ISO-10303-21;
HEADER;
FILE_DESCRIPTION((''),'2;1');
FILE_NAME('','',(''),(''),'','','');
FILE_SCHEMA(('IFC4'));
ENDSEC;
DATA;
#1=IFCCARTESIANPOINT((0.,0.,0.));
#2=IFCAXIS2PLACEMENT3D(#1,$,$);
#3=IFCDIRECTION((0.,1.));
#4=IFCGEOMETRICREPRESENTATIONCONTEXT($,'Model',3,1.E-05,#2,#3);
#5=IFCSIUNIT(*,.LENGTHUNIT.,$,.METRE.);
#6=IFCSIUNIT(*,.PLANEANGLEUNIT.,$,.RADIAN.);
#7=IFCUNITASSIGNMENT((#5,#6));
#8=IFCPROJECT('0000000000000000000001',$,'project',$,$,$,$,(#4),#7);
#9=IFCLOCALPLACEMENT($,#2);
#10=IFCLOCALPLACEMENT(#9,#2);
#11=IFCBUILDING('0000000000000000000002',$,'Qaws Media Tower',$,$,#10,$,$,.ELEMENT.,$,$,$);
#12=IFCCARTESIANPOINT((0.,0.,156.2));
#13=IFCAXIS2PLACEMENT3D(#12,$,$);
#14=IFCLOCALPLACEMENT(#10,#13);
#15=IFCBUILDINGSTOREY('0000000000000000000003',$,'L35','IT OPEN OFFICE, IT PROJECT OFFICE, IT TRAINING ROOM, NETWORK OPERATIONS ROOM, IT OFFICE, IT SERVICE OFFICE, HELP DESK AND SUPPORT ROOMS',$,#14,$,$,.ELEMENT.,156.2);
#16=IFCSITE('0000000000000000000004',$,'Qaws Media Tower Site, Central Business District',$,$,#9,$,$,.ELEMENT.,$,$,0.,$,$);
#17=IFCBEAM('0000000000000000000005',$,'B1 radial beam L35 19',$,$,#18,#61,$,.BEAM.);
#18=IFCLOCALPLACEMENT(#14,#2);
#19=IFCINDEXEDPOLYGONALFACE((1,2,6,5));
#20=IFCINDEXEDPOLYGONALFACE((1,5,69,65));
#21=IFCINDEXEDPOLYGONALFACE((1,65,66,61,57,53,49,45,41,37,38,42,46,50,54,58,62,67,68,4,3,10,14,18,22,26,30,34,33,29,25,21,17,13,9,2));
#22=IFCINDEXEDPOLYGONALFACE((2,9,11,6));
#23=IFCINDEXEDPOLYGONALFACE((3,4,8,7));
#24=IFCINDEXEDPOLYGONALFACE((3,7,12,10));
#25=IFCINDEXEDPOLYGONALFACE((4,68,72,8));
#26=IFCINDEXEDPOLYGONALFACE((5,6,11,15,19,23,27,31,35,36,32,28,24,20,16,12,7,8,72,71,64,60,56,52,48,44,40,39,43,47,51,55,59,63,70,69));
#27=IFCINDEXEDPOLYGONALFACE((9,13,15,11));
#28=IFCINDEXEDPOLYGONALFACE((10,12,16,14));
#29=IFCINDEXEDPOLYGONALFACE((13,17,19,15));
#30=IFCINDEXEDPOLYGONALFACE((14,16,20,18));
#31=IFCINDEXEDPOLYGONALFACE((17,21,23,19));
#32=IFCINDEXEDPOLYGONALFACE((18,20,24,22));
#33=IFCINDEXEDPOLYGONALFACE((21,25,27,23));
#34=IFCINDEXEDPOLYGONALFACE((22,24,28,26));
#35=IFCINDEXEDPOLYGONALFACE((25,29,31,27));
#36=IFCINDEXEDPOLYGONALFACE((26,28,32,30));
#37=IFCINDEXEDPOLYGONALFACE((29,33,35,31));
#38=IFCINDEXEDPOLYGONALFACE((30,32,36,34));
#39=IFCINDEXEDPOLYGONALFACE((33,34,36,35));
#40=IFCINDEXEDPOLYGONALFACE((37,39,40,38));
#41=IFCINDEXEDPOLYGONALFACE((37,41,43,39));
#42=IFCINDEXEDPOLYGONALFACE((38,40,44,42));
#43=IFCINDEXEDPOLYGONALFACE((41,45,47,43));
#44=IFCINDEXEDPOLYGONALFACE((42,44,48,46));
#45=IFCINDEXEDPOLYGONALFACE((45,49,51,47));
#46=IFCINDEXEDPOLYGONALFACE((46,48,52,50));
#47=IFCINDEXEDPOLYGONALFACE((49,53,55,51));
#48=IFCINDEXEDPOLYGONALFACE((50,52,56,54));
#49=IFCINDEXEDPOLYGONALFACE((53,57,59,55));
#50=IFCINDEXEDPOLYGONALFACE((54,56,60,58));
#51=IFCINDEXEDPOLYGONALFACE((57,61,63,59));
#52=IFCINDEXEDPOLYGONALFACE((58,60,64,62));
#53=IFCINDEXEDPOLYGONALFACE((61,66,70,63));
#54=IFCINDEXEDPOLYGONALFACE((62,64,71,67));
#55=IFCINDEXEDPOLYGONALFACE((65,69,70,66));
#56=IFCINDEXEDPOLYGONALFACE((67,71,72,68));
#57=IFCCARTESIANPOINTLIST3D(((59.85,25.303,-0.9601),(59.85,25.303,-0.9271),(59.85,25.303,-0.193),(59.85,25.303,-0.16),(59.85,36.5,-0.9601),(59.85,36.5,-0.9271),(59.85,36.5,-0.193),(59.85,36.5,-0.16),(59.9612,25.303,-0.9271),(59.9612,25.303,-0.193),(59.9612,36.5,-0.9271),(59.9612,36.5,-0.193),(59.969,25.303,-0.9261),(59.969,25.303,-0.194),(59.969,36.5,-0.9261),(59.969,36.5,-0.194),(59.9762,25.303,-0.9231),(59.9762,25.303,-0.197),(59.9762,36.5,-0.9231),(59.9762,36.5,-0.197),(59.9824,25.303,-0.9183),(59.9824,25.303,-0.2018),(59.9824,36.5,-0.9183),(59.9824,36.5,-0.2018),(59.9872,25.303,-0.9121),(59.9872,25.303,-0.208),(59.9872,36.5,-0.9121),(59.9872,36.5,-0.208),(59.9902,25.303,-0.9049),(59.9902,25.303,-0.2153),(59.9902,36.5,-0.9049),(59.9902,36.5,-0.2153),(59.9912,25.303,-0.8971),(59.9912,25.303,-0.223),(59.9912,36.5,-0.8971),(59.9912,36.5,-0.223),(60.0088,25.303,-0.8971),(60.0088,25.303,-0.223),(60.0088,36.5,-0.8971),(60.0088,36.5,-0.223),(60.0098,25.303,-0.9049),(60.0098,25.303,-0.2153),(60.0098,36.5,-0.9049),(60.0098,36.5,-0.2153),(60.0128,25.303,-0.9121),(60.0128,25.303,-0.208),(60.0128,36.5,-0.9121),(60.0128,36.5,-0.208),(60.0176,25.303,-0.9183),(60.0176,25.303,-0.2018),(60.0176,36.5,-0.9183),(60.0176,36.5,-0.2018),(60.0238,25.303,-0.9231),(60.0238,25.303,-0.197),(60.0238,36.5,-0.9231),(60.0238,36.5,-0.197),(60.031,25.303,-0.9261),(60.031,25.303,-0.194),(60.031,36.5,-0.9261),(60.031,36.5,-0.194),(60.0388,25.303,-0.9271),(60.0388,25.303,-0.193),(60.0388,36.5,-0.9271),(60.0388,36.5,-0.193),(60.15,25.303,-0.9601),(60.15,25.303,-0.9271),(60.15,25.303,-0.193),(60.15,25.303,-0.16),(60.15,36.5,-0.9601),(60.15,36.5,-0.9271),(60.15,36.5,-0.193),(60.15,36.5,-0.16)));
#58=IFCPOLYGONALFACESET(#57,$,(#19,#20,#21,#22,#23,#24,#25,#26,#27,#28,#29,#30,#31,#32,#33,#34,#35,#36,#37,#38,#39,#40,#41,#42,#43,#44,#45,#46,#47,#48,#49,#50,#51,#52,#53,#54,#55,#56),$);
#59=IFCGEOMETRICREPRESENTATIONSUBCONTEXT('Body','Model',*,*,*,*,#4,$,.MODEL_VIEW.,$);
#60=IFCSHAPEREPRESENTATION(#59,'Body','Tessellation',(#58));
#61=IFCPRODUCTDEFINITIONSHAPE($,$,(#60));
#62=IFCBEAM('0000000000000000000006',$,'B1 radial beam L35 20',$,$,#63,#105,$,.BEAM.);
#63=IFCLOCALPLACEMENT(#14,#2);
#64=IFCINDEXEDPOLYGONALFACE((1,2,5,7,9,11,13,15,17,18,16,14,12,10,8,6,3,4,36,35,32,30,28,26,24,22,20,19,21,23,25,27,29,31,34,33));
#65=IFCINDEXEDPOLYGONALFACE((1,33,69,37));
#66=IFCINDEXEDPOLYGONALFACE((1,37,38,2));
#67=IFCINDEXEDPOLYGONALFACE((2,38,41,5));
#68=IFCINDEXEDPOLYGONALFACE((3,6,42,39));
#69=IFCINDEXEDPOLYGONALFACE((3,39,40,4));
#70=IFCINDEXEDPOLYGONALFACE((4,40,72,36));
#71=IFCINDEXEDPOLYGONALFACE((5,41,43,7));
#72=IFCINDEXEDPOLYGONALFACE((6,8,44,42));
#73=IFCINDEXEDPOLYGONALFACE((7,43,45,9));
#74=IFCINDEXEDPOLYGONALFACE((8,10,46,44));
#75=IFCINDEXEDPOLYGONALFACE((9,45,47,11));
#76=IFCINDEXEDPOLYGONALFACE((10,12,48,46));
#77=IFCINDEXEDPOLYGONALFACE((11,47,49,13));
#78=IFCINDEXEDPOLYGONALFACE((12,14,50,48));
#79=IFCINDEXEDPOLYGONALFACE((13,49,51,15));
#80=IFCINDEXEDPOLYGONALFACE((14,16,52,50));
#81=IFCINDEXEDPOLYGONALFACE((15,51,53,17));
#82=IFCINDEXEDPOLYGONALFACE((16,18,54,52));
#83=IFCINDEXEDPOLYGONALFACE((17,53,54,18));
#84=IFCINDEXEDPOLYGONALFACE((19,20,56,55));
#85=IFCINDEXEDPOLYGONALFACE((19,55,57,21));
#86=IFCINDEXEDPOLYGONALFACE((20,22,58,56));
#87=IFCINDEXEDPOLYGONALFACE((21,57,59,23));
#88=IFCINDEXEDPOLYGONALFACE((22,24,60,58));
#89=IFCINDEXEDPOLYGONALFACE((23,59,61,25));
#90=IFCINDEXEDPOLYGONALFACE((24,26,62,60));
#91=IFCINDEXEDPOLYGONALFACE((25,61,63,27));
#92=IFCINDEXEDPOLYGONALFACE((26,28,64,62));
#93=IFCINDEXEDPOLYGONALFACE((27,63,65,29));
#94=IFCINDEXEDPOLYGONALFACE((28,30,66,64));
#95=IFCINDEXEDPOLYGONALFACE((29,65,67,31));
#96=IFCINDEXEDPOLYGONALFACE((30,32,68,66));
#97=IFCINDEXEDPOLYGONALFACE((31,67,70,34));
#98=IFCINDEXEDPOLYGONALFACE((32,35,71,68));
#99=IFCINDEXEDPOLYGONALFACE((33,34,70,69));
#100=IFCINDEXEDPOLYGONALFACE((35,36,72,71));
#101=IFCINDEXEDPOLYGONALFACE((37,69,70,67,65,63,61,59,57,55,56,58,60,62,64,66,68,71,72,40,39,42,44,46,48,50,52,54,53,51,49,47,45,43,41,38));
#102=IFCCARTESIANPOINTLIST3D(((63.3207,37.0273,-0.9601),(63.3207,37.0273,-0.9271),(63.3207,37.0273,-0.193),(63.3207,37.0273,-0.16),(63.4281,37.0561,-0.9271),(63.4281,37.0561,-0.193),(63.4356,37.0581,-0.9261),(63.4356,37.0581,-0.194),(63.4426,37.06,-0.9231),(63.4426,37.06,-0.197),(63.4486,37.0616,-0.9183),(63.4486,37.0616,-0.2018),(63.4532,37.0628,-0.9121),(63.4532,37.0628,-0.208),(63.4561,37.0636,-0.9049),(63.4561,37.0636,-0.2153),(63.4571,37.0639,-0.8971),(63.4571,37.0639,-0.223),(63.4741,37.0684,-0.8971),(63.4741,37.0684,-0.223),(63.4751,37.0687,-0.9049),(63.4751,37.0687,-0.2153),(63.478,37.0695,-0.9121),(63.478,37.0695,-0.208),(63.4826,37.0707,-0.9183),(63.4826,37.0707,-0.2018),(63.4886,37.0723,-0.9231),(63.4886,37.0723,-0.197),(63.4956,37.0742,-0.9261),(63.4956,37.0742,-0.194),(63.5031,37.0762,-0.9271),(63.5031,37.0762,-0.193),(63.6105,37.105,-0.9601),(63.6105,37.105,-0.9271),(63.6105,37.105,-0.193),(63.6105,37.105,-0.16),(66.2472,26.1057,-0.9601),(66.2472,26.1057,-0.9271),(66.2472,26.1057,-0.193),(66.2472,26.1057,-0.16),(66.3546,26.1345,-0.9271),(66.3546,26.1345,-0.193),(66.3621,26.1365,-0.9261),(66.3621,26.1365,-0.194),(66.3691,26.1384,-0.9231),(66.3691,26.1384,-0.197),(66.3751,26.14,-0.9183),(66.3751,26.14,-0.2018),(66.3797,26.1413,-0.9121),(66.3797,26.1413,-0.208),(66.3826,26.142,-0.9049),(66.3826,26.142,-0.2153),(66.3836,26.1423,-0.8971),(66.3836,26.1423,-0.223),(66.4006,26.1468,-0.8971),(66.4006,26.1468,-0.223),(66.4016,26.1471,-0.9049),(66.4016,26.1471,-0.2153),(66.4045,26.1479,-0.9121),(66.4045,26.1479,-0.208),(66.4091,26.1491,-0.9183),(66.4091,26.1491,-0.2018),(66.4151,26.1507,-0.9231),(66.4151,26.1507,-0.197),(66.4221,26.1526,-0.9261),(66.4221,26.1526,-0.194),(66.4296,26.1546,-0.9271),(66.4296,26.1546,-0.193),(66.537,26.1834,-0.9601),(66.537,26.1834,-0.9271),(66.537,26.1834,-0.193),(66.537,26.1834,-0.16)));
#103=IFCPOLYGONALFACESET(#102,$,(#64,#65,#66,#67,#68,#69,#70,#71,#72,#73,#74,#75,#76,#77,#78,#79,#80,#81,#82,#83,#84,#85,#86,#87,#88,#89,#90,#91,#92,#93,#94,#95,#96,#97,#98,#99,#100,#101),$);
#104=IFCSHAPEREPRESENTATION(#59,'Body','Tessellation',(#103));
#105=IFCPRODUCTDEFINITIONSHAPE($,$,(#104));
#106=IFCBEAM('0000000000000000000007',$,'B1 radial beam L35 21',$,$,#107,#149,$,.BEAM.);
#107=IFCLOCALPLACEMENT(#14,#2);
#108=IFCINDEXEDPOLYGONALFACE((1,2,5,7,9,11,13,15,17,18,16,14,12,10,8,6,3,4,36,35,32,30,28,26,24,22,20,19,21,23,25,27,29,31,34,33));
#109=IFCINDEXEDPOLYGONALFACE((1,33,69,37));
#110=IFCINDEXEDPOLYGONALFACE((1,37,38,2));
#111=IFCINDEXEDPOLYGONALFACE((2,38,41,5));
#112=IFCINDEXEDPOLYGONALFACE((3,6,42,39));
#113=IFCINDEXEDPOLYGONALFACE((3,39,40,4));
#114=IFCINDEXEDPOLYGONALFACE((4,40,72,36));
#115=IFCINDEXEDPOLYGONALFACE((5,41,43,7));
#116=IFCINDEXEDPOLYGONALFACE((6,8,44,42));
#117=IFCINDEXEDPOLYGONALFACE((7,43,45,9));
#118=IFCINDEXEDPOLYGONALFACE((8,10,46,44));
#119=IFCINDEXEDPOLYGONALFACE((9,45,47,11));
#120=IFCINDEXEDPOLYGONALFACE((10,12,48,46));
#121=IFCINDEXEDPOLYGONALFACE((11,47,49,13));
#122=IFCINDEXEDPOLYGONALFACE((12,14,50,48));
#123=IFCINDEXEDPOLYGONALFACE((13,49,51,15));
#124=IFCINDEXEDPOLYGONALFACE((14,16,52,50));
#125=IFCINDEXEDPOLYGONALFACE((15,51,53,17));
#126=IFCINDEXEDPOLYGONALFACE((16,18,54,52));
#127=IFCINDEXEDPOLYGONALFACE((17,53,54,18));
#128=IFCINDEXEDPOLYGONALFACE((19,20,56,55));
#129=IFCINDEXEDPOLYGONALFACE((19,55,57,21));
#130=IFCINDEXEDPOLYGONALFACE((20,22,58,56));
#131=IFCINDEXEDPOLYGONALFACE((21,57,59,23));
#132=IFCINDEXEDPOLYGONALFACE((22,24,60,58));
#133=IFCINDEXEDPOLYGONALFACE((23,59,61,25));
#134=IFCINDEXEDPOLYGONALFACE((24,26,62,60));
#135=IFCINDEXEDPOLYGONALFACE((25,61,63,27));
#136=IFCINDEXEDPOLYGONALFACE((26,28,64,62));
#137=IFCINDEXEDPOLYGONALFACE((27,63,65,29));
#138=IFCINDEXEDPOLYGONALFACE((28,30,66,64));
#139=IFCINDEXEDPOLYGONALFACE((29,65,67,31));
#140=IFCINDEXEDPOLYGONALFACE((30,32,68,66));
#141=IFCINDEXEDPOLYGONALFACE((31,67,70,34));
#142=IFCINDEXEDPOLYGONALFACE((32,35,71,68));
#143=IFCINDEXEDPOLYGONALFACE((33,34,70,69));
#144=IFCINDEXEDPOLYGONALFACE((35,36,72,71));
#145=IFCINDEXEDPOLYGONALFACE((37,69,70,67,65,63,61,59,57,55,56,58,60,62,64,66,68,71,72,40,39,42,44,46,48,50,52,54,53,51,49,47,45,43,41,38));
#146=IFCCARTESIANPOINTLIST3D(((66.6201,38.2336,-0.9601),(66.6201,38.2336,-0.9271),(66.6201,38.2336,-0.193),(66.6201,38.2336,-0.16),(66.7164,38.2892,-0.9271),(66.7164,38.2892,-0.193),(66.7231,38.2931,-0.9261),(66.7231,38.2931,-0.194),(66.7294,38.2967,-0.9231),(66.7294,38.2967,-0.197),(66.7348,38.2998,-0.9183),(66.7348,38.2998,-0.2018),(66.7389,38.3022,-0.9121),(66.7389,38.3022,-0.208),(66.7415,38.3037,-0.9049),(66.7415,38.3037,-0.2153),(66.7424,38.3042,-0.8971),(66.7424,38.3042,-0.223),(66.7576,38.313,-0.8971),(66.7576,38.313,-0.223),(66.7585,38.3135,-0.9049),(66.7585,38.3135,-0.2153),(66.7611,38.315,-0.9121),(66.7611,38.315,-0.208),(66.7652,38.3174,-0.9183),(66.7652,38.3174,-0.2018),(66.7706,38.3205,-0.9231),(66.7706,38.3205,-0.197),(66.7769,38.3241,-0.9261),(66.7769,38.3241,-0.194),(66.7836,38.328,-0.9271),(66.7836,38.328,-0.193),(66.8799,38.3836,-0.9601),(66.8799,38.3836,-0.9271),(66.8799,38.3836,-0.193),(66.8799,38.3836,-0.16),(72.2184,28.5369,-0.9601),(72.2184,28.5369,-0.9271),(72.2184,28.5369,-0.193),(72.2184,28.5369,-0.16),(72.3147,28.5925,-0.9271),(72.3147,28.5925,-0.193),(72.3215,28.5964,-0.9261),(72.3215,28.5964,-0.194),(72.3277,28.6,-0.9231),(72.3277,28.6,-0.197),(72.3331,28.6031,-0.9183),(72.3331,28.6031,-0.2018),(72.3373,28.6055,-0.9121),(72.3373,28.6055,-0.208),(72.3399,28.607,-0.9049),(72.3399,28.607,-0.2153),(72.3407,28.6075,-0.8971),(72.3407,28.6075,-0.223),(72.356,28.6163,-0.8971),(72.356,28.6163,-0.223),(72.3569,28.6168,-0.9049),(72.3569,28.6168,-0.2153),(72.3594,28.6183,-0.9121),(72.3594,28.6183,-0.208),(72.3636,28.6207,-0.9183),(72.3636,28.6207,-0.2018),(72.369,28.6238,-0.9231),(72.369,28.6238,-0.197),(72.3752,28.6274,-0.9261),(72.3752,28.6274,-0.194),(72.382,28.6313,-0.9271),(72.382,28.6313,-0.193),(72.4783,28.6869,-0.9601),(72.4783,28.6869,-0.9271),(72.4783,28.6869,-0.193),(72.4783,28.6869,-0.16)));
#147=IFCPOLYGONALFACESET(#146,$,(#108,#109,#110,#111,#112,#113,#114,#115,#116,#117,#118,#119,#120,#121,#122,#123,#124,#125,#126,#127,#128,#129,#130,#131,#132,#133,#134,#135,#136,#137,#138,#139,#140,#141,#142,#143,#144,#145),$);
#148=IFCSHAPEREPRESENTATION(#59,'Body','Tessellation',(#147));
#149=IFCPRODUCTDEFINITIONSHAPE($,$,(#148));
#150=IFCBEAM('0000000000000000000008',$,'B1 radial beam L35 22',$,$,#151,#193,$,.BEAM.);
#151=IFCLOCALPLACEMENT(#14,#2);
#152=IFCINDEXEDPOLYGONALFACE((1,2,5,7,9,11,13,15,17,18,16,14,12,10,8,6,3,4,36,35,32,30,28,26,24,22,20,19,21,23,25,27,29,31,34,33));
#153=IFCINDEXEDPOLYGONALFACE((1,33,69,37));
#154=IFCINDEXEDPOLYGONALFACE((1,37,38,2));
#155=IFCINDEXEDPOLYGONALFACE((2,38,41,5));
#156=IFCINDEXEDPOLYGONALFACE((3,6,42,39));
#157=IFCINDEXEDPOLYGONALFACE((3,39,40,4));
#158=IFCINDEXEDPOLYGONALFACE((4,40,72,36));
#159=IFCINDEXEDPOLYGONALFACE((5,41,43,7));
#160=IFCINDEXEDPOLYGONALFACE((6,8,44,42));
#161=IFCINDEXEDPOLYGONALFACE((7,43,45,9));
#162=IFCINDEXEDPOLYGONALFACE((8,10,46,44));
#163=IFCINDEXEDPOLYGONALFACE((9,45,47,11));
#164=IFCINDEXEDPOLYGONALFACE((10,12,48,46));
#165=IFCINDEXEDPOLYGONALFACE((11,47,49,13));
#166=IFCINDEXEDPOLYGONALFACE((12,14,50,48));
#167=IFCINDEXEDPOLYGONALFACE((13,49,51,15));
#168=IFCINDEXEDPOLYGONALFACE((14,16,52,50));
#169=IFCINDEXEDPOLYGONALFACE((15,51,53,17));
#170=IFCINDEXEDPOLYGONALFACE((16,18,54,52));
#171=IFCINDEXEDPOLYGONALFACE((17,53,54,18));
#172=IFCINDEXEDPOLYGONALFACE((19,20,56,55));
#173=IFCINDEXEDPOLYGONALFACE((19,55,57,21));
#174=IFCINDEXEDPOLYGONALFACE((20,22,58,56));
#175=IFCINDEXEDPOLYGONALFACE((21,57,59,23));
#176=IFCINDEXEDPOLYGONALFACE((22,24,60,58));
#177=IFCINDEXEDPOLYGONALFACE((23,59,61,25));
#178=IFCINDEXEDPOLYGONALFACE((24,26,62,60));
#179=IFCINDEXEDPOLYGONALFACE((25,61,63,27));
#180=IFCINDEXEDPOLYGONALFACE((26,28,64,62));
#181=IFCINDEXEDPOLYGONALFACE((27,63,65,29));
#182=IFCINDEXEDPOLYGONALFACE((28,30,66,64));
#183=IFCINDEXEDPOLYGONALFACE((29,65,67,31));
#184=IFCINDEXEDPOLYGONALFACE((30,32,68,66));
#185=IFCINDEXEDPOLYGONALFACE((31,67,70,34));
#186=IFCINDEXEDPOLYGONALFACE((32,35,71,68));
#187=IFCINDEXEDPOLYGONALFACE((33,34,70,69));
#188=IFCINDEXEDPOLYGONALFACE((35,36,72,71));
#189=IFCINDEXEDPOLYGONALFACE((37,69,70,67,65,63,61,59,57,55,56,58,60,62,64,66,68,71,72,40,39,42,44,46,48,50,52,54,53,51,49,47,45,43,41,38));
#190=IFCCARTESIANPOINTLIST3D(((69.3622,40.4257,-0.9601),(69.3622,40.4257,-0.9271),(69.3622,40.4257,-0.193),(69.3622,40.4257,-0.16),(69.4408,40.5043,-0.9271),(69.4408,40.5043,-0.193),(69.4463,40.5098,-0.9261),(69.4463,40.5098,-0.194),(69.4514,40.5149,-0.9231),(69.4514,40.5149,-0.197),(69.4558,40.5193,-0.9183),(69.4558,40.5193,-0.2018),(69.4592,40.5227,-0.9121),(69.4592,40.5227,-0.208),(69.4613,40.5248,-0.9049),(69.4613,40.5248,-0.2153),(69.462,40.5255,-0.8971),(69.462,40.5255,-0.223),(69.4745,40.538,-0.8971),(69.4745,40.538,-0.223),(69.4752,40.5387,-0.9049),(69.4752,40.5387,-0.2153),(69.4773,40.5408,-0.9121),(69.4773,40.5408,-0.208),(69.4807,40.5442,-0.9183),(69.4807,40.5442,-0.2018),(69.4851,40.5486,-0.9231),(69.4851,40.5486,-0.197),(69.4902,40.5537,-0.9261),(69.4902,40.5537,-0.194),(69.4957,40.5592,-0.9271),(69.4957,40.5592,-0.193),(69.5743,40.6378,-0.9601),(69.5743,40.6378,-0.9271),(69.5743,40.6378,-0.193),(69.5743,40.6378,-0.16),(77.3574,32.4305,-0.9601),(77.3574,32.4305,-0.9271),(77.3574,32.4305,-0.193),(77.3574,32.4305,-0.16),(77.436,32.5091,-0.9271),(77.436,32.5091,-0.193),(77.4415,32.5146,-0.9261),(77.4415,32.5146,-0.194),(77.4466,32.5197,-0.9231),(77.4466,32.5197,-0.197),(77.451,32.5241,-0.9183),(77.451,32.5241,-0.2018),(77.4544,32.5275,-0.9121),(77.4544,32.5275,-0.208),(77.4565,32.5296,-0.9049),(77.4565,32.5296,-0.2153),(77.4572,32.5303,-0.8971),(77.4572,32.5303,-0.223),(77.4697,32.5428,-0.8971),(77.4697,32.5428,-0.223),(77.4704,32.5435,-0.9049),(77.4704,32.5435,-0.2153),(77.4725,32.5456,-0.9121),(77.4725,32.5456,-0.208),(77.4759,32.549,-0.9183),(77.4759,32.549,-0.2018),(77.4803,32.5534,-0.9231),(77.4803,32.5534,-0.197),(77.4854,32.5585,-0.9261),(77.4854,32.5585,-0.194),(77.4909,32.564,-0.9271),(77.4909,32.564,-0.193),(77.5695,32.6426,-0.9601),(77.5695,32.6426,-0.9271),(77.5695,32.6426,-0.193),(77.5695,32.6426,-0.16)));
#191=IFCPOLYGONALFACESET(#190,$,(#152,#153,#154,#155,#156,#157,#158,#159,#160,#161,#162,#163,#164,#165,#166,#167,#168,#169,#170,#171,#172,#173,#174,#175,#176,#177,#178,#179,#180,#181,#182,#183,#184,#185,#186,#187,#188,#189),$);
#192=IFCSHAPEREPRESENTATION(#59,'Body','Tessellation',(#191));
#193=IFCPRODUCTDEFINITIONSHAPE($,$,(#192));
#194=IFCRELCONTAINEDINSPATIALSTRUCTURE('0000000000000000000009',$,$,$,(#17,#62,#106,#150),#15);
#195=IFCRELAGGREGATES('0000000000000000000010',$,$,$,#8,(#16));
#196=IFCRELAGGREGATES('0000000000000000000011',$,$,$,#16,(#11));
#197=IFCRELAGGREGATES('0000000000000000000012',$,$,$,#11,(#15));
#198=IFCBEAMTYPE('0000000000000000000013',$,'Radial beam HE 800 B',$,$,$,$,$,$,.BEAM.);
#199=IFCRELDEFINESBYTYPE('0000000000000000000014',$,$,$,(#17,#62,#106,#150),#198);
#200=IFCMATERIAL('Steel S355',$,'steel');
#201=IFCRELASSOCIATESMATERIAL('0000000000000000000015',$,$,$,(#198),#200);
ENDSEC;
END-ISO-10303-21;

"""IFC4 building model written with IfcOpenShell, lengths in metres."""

from ifc_helpers import new_model, si_unit, direction, frame, origin, origin_2d, place, context, subcontext, project, spatial, i_section, extrude, material, material_profile, profile_set, type_object, element, save


model = new_model("IFC4")

# Units and contexts
model_context = context("Model", 3, precision=1e-05, world=origin(), true_north=direction((0.0, 1.0)))
body_context = subcontext(model_context, "Body", "Model", "MODEL_VIEW")
ifc_project = project(units=[si_unit("LENGTHUNIT", "METRE"), si_unit("PLANEANGLEUNIT", "RADIAN")], contexts=[model_context])

# Site, building, storey
site_placement = place(None, origin())
site = spatial("IfcSite", under=ifc_project, at=site_placement, Name="Qaws Media Tower Site, Central Business District", CompositionType="ELEMENT", RefElevation=0.0)
building_placement = place(site_placement, origin())
building = spatial("IfcBuilding", under=site, at=building_placement, Name="Qaws Media Tower", CompositionType="ELEMENT")
storey_placement = place(building_placement, frame((0.0, 0.0, 156.2)))
storey = spatial("IfcBuildingStorey", under=building, at=storey_placement, Name="L35", Description="IT OPEN OFFICE, IT PROJECT OFFICE, IT TRAINING ROOM, NETWORK OPERATIONS ROOM, IT OFFICE, IT SERVICE OFFICE, HELP DESK AND SUPPORT ROOMS", CompositionType="ELEMENT", Elevation=156.2)

# Beams
ifc_material_1 = material(Name="Steel S355", Category="steel")
ifc_material_profile_1 = material_profile(ifc_material_1, i_section(OverallWidth=0.3, OverallDepth=0.8, WebThickness=0.0176, FlangeThickness=0.033, FilletRadius=0.03, at=origin_2d()), Name="HE 800 B")
ifc_profile_set_1 = profile_set([ifc_material_profile_1], Name="Steel S355")
beam_type_1 = type_object("IfcBeamType", Name="Radial beam HE 800 B", PredefinedType="BEAM", material=ifc_profile_set_1)
beam_1_placement = place(storey_placement, frame((60.0, 36.5, -0.5601), z_axis=(0.0, -1.0, 0.0), x_axis=(1.0, 0.0, 0.0)))
element("IfcBeam", 1, at=beam_1_placement, inside=storey, type_object=beam_type_1, Name="B1 radial beam L35 19", PredefinedType="BEAM", context=body_context, shape_type="SweptSolid", body=[
    extrude(i_section(OverallWidth=0.3, OverallDepth=0.8, WebThickness=0.0176, FlangeThickness=0.033, FilletRadius=0.03, at=origin_2d()), origin(), (0.0, 0.0, 1.0), 11.197),
])
beam_2_placement = place(storey_placement, frame((63.4656, 37.0662, -0.5601), z_axis=(0.258825, -0.965924, 0.0), x_axis=(0.965924, 0.258825, 0.0)))
element("IfcBeam", 2, at=beam_2_placement, inside=storey, type_object=beam_type_1, Name="B1 radial beam L35 20", PredefinedType="BEAM", context=body_context, shape_type="SweptSolid", body=[
    extrude(i_section(OverallWidth=0.3, OverallDepth=0.8, WebThickness=0.0176, FlangeThickness=0.033, FilletRadius=0.03, at=origin_2d()), origin(), (0.0, 0.0, 1.0), 11.3069),
])
beam_3_placement = place(storey_placement, frame((66.75, 38.3086, -0.5601), z_axis=(0.499997, -0.866027, 0.0), x_axis=(0.866027, 0.499997, 0.0)))
element("IfcBeam", 3, at=beam_3_placement, inside=storey, type_object=beam_type_1, Name="B1 radial beam L35 21", PredefinedType="BEAM", context=body_context, shape_type="SweptSolid", body=[
    extrude(i_section(OverallWidth=0.3, OverallDepth=0.8, WebThickness=0.0176, FlangeThickness=0.033, FilletRadius=0.03, at=origin_2d()), origin(), (0.0, 0.0, 1.0), 11.1968),
])
beam_4_placement = place(storey_placement, frame((69.4683, 40.5317, -0.5601), z_axis=(0.707107, -0.707107, 0.0), x_axis=(0.707107, 0.707107, 0.0)))
element("IfcBeam", 4, at=beam_4_placement, inside=storey, type_object=beam_type_1, Name="B1 radial beam L35 22", PredefinedType="BEAM", context=body_context, shape_type="SweptSolid", body=[
    extrude(i_section(OverallWidth=0.3, OverallDepth=0.8, WebThickness=0.0176, FlangeThickness=0.033, FilletRadius=0.03, at=origin_2d()), origin(), (0.0, 0.0, 1.0), 11.3069),
])

save(model, "model.ifc")
